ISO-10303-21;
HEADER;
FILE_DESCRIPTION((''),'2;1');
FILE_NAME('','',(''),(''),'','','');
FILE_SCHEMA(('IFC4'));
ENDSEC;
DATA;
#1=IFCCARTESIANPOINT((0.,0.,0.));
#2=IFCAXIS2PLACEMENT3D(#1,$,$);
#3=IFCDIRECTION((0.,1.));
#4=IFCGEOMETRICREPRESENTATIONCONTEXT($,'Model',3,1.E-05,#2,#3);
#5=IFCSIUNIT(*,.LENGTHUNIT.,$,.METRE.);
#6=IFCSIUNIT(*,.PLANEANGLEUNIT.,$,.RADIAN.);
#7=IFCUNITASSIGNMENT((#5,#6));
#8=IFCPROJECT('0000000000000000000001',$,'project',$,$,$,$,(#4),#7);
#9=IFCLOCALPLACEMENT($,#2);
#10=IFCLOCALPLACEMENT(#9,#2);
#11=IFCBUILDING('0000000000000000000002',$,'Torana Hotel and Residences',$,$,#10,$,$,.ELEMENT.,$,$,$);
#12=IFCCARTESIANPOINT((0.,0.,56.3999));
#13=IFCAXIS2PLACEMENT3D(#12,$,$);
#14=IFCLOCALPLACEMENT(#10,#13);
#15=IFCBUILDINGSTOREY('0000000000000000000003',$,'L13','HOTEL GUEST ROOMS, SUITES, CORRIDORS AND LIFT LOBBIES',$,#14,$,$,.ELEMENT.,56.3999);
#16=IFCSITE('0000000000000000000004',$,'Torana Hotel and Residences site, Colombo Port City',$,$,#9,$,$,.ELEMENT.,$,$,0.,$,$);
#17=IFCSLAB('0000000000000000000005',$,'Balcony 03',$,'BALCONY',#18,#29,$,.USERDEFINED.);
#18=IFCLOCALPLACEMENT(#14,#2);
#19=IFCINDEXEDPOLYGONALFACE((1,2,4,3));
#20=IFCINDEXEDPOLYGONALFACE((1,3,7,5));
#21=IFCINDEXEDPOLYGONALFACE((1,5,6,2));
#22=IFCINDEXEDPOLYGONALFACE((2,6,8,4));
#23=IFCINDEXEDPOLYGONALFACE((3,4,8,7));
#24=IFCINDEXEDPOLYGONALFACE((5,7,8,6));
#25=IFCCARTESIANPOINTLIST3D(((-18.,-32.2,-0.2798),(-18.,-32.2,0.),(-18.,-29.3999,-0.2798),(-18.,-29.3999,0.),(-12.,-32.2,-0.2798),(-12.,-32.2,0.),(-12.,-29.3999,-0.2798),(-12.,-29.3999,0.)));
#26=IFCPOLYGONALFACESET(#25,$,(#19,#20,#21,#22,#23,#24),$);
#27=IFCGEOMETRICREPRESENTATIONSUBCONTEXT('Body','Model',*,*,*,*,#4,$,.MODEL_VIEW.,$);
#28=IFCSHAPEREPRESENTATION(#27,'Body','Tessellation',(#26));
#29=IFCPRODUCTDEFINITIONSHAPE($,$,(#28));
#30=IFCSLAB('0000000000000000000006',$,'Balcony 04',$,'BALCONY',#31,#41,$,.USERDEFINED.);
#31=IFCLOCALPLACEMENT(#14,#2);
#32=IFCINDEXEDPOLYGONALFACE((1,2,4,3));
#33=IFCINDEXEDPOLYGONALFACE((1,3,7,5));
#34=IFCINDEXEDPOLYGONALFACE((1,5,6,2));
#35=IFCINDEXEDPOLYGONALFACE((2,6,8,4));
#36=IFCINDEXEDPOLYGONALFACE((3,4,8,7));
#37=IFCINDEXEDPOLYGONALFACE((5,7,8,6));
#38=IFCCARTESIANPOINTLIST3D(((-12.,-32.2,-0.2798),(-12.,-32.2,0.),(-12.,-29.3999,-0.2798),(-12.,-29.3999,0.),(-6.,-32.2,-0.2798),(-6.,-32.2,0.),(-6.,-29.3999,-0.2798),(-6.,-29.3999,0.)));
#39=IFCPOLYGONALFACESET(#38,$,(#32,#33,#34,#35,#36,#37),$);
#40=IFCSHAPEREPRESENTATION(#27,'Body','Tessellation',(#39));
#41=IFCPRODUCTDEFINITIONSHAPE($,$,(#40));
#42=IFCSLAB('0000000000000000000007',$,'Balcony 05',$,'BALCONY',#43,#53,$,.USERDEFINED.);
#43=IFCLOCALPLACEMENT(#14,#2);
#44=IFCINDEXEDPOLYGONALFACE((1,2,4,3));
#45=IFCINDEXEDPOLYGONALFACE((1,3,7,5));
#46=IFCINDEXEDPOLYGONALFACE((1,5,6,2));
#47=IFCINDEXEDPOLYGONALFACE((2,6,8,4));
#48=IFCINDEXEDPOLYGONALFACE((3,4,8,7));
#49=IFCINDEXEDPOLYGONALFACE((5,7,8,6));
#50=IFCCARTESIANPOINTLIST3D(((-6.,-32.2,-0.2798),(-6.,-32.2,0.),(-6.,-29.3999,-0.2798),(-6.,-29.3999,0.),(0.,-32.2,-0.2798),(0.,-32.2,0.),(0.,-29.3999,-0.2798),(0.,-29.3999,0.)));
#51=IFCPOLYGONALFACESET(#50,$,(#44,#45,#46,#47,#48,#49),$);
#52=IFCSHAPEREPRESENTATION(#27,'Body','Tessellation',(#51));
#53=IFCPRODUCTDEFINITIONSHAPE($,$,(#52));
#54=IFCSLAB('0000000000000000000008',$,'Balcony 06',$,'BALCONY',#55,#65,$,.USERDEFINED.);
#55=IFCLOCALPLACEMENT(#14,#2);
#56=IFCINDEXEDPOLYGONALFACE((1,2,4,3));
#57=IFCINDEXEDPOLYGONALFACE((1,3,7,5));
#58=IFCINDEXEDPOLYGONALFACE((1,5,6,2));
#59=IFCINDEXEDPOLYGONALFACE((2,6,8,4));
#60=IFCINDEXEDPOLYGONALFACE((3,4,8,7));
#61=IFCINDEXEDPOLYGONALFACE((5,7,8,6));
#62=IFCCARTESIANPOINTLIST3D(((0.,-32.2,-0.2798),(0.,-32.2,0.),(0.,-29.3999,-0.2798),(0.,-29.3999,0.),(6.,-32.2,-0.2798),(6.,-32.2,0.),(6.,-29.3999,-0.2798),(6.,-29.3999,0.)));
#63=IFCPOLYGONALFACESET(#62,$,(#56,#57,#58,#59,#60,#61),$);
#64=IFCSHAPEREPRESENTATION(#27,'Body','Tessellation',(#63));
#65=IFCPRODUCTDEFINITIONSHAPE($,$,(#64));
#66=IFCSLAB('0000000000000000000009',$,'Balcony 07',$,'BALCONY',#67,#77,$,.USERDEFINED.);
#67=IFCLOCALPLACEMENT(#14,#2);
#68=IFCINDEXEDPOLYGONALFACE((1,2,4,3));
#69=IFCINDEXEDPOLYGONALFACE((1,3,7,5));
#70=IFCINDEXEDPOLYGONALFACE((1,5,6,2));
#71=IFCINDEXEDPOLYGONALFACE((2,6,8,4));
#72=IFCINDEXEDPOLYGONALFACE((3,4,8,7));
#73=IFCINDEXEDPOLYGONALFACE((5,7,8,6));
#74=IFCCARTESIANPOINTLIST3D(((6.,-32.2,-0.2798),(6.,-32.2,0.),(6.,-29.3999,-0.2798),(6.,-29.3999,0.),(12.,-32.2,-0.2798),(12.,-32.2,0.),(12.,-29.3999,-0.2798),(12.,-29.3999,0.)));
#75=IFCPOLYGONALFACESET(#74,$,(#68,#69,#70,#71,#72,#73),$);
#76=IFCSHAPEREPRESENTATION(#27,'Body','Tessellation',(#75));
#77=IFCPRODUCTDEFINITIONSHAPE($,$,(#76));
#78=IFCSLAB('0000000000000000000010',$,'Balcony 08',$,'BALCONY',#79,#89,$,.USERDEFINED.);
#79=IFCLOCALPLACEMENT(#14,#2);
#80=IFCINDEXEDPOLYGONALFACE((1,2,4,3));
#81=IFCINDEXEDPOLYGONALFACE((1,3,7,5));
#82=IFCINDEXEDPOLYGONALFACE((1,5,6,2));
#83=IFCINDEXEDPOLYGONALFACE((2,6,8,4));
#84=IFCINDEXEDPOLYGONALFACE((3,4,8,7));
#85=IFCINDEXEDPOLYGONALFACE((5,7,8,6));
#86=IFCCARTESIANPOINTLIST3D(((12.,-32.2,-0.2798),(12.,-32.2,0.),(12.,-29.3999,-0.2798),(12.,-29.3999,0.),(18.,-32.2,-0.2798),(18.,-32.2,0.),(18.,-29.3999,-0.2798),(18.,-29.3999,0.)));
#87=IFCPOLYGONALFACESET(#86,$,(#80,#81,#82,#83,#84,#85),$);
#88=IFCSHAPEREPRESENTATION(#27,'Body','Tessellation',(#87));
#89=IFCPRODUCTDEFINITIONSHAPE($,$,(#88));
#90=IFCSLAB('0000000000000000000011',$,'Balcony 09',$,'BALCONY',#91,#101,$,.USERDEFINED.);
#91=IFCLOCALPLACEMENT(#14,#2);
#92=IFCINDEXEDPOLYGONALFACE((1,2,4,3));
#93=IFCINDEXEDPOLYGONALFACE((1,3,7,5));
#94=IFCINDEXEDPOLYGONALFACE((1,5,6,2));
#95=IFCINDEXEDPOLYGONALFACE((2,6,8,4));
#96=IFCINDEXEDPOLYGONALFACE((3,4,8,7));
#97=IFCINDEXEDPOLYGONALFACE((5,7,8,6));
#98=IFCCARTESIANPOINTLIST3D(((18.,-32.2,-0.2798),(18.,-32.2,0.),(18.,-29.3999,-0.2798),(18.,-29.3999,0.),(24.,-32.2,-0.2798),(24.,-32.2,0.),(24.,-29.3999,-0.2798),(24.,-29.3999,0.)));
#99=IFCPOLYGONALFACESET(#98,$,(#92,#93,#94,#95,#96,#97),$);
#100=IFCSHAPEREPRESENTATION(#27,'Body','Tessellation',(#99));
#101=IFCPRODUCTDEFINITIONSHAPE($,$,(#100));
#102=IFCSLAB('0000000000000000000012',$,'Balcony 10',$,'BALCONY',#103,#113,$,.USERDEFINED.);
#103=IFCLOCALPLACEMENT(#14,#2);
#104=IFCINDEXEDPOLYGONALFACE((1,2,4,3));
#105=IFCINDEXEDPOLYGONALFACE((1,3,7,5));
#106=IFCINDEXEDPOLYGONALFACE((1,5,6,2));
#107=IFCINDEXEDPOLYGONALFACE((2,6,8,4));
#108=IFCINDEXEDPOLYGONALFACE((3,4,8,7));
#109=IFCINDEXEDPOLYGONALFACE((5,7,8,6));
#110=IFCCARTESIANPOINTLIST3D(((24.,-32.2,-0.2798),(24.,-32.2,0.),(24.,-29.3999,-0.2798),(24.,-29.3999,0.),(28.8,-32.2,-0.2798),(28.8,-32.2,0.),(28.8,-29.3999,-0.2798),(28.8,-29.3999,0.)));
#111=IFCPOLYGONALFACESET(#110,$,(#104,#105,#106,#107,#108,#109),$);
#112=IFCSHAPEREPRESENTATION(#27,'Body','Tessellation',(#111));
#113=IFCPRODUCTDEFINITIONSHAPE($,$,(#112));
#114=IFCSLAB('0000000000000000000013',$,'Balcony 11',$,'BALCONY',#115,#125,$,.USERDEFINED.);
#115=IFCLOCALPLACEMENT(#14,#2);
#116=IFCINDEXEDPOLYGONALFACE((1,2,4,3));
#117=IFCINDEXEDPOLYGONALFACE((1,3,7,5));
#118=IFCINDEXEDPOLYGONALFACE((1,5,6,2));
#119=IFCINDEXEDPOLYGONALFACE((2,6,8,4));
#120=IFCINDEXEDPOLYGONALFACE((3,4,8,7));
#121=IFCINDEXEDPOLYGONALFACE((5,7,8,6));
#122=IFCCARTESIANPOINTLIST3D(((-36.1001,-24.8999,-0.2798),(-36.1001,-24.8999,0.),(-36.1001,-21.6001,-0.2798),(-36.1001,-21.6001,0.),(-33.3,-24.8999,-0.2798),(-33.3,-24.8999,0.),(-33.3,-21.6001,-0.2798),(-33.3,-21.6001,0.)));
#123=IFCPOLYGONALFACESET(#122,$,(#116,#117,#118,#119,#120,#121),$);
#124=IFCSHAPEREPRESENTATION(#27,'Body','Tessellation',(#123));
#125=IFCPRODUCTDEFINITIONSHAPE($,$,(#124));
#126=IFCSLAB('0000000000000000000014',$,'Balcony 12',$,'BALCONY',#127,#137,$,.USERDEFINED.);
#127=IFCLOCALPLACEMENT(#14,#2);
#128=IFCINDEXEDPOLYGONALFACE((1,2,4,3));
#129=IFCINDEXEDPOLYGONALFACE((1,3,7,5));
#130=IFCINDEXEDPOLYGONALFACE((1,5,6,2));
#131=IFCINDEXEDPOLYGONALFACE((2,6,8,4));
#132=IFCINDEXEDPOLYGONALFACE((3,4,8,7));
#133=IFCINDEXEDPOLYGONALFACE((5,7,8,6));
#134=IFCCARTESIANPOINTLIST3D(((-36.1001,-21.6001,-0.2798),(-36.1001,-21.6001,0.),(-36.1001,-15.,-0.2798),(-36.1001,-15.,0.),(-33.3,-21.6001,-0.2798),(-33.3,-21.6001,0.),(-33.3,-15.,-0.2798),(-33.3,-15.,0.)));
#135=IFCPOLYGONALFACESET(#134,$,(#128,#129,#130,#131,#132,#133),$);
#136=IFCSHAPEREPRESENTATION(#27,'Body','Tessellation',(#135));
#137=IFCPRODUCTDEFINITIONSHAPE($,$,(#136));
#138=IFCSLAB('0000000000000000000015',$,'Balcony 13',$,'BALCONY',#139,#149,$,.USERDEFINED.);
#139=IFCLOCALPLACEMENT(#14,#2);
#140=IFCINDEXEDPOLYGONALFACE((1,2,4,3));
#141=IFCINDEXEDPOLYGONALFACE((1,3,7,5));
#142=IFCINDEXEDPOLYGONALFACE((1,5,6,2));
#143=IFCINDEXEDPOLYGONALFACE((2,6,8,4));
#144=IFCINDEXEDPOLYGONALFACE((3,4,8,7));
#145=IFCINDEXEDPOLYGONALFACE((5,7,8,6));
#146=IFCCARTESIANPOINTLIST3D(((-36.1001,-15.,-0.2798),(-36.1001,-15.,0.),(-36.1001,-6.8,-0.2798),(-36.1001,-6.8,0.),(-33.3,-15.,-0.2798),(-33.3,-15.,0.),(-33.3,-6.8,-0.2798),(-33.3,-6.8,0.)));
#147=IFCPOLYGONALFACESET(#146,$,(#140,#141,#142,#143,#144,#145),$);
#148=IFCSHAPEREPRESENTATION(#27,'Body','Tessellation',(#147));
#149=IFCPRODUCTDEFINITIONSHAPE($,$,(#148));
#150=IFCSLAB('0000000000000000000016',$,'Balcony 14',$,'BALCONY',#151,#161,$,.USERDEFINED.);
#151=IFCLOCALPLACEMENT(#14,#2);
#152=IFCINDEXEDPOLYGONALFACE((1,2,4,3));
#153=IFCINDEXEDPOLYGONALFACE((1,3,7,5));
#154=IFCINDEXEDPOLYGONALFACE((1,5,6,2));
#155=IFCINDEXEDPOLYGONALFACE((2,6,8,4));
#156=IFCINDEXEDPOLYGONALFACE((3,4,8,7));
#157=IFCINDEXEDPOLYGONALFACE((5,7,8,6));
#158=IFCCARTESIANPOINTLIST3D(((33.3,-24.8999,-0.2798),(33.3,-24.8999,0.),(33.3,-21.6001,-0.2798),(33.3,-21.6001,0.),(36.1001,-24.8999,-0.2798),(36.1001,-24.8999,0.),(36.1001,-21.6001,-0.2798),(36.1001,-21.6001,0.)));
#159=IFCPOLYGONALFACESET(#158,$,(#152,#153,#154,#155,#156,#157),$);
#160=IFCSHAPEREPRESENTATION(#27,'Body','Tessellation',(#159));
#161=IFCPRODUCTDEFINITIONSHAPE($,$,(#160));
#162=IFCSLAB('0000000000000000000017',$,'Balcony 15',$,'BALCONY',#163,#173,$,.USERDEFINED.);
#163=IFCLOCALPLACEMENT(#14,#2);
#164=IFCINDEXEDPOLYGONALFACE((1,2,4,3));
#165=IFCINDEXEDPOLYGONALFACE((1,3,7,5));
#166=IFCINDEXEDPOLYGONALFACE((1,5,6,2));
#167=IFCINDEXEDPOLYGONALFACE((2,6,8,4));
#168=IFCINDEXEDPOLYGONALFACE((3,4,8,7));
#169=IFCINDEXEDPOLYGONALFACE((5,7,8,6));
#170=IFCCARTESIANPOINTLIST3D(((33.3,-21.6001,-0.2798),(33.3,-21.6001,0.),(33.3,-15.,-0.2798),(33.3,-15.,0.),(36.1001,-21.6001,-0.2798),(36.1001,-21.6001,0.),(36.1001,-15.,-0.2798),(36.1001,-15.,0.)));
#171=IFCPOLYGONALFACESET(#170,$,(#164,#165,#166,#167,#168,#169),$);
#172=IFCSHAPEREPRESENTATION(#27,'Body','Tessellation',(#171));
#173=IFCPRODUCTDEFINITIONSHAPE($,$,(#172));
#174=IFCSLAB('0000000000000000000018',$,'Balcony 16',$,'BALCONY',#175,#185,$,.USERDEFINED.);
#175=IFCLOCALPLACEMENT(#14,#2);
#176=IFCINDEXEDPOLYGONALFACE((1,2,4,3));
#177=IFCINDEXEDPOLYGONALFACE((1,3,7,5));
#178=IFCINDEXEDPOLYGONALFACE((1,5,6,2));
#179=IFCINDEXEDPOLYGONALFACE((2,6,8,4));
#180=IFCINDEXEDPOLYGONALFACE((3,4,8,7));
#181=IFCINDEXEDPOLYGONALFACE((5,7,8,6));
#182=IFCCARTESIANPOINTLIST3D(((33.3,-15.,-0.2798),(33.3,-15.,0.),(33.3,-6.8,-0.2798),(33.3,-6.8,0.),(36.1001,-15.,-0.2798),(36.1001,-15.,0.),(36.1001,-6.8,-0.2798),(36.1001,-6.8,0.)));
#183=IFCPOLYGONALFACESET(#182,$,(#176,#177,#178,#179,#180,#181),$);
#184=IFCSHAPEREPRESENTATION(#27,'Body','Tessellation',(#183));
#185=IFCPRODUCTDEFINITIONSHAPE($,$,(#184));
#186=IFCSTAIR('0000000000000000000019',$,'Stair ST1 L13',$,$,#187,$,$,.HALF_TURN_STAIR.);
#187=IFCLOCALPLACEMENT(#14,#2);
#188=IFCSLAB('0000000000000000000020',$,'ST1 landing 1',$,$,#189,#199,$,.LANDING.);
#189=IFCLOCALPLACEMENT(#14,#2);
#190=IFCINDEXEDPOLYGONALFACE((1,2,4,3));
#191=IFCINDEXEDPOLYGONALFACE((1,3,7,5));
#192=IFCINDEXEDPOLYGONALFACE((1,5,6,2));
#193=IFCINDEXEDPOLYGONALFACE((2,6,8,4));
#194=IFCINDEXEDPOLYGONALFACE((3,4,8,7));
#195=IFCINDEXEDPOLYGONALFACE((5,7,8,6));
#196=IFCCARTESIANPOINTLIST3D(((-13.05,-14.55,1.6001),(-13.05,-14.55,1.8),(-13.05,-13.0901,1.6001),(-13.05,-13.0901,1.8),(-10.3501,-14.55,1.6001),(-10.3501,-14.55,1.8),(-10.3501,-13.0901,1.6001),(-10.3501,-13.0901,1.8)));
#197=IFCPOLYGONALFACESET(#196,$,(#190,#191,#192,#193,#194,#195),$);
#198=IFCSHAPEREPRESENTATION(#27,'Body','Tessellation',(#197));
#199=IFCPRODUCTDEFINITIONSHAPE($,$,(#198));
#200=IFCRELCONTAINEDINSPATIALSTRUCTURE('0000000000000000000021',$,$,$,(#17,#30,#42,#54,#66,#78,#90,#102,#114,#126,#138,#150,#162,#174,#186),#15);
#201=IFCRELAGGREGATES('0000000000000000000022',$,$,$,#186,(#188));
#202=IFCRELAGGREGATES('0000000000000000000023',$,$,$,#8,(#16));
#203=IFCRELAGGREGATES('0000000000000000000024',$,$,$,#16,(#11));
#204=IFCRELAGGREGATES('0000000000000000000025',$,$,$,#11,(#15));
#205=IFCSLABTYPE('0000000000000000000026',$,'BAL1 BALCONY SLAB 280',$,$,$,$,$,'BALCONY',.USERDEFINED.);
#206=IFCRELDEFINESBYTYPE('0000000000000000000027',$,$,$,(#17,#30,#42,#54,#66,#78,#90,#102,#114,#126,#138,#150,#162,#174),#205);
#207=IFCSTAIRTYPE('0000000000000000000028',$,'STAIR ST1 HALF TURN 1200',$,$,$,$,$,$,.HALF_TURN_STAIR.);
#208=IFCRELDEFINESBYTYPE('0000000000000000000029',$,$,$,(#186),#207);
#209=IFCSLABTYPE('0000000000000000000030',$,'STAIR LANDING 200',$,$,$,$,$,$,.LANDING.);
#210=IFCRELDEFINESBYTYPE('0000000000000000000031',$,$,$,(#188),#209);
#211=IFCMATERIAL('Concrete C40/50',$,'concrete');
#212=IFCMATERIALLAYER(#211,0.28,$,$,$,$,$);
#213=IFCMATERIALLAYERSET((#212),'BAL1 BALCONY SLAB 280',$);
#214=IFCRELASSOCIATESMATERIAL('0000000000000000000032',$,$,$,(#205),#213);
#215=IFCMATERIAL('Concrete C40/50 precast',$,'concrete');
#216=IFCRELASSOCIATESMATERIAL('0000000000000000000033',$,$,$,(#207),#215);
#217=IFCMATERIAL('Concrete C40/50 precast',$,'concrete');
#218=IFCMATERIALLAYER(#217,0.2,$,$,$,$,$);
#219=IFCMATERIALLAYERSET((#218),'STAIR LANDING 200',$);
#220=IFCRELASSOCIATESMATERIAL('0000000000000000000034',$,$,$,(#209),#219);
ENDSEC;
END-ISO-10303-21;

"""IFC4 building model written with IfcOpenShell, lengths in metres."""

from ifc_helpers import new_model, si_unit, direction, frame, origin, place, context, subcontext, project, spatial, polyline, outline, extrude, material, layer, layer_set, type_object, element, aggregate, save


model = new_model("IFC4")

# Units and contexts
model_context = context("Model", 3, precision=1e-05, world=origin(), true_north=direction((0.0, 1.0)))
body_context = subcontext(model_context, "Body", "Model", "MODEL_VIEW")
ifc_project = project(units=[si_unit("LENGTHUNIT", "METRE"), si_unit("PLANEANGLEUNIT", "RADIAN")], contexts=[model_context])

# Site, building, storey
site_placement = place(None, origin())
site = spatial("IfcSite", under=ifc_project, at=site_placement, Name="Torana Hotel and Residences site, Colombo Port City", CompositionType="ELEMENT", RefElevation=0.0)
building_placement = place(site_placement, origin())
building = spatial("IfcBuilding", under=site, at=building_placement, Name="Torana Hotel and Residences", CompositionType="ELEMENT")
storey_placement = place(building_placement, frame((0.0, 0.0, 56.3999)))
storey = spatial("IfcBuildingStorey", under=building, at=storey_placement, Name="L13", Description="HOTEL GUEST ROOMS, SUITES, CORRIDORS AND LIFT LOBBIES", CompositionType="ELEMENT", Elevation=56.3999)

# Slabs
ifc_material_1 = material(Name="Concrete C40/50", Category="concrete")
ifc_layer_1 = layer(ifc_material_1, 0.28)
ifc_layer_set_1 = layer_set([ifc_layer_1], Name="BAL1 BALCONY SLAB 280")
slab_type_1 = type_object("IfcSlabType", Name="BAL1 BALCONY SLAB 280", ElementType="BALCONY", PredefinedType="USERDEFINED", material=ifc_layer_set_1)
slab_1_placement = place(storey_placement, frame((0.0, 0.0, -0.2798)))
element("IfcSlab", 1, at=slab_1_placement, inside=storey, type_object=slab_type_1, Name="Balcony 03", ObjectType="BALCONY", PredefinedType="USERDEFINED", context=body_context, shape_type="SweptSolid", body=[
    extrude(outline(polyline([(-18.0, -32.2), (-12.0, -32.2), (-12.0, -29.3999), (-18.0, -29.3999), (-18.0, -32.2)])), origin(), (0.0, 0.0, 1.0), 0.2798),
])
slab_2_placement = place(storey_placement, frame((0.0, 0.0, -0.2798)))
element("IfcSlab", 2, at=slab_2_placement, inside=storey, type_object=slab_type_1, Name="Balcony 04", ObjectType="BALCONY", PredefinedType="USERDEFINED", context=body_context, shape_type="SweptSolid", body=[
    extrude(outline(polyline([(-12.0, -32.2), (-6.0, -32.2), (-6.0, -29.3999), (-12.0, -29.3999), (-12.0, -32.2)])), origin(), (0.0, 0.0, 1.0), 0.2798),
])
slab_3_placement = place(storey_placement, frame((0.0, 0.0, -0.2798)))
element("IfcSlab", 3, at=slab_3_placement, inside=storey, type_object=slab_type_1, Name="Balcony 05", ObjectType="BALCONY", PredefinedType="USERDEFINED", context=body_context, shape_type="SweptSolid", body=[
    extrude(outline(polyline([(-6.0, -32.2), (0.0, -32.2), (0.0, -29.3999), (-6.0, -29.3999), (-6.0, -32.2)])), origin(), (0.0, 0.0, 1.0), 0.2798),
])
slab_4_placement = place(storey_placement, frame((0.0, 0.0, -0.2798)))
element("IfcSlab", 4, at=slab_4_placement, inside=storey, type_object=slab_type_1, Name="Balcony 06", ObjectType="BALCONY", PredefinedType="USERDEFINED", context=body_context, shape_type="SweptSolid", body=[
    extrude(outline(polyline([(0.0, -32.2), (6.0, -32.2), (6.0, -29.3999), (0.0, -29.3999), (0.0, -32.2)])), origin(), (0.0, 0.0, 1.0), 0.2798),
])
slab_5_placement = place(storey_placement, frame((0.0, 0.0, -0.2798)))
element("IfcSlab", 5, at=slab_5_placement, inside=storey, type_object=slab_type_1, Name="Balcony 07", ObjectType="BALCONY", PredefinedType="USERDEFINED", context=body_context, shape_type="SweptSolid", body=[
    extrude(outline(polyline([(6.0, -32.2), (12.0, -32.2), (12.0, -29.3999), (6.0, -29.3999), (6.0, -32.2)])), origin(), (0.0, 0.0, 1.0), 0.2798),
])
slab_6_placement = place(storey_placement, frame((0.0, 0.0, -0.2798)))
element("IfcSlab", 6, at=slab_6_placement, inside=storey, type_object=slab_type_1, Name="Balcony 08", ObjectType="BALCONY", PredefinedType="USERDEFINED", context=body_context, shape_type="SweptSolid", body=[
    extrude(outline(polyline([(12.0, -32.2), (18.0, -32.2), (18.0, -29.3999), (12.0, -29.3999), (12.0, -32.2)])), origin(), (0.0, 0.0, 1.0), 0.2798),
])
slab_7_placement = place(storey_placement, frame((0.0, 0.0, -0.2798)))
element("IfcSlab", 7, at=slab_7_placement, inside=storey, type_object=slab_type_1, Name="Balcony 09", ObjectType="BALCONY", PredefinedType="USERDEFINED", context=body_context, shape_type="SweptSolid", body=[
    extrude(outline(polyline([(18.0, -32.2), (24.0, -32.2), (24.0, -29.3999), (18.0, -29.3999), (18.0, -32.2)])), origin(), (0.0, 0.0, 1.0), 0.2798),
])
slab_8_placement = place(storey_placement, frame((0.0, 0.0, -0.2798)))
element("IfcSlab", 8, at=slab_8_placement, inside=storey, type_object=slab_type_1, Name="Balcony 10", ObjectType="BALCONY", PredefinedType="USERDEFINED", context=body_context, shape_type="SweptSolid", body=[
    extrude(outline(polyline([(24.0, -32.2), (28.8, -32.2), (28.8, -29.3999), (24.0, -29.3999), (24.0, -32.2)])), origin(), (0.0, 0.0, 1.0), 0.2798),
])
slab_9_placement = place(storey_placement, frame((0.0, 0.0, -0.2798)))
element("IfcSlab", 9, at=slab_9_placement, inside=storey, type_object=slab_type_1, Name="Balcony 11", ObjectType="BALCONY", PredefinedType="USERDEFINED", context=body_context, shape_type="SweptSolid", body=[
    extrude(outline(polyline([(-36.1001, -24.8999), (-33.3, -24.8999), (-33.3, -21.6001), (-36.1001, -21.6001), (-36.1001, -24.8999)])), origin(), (0.0, 0.0, 1.0), 0.2798),
])
slab_10_placement = place(storey_placement, frame((0.0, 0.0, -0.2798)))
element("IfcSlab", 10, at=slab_10_placement, inside=storey, type_object=slab_type_1, Name="Balcony 12", ObjectType="BALCONY", PredefinedType="USERDEFINED", context=body_context, shape_type="SweptSolid", body=[
    extrude(outline(polyline([(-36.1001, -21.6001), (-33.3, -21.6001), (-33.3, -15.0), (-36.1001, -15.0), (-36.1001, -21.6001)])), origin(), (0.0, 0.0, 1.0), 0.2798),
])
slab_11_placement = place(storey_placement, frame((0.0, 0.0, -0.2798)))
element("IfcSlab", 11, at=slab_11_placement, inside=storey, type_object=slab_type_1, Name="Balcony 13", ObjectType="BALCONY", PredefinedType="USERDEFINED", context=body_context, shape_type="SweptSolid", body=[
    extrude(outline(polyline([(-36.1001, -15.0), (-33.3, -15.0), (-33.3, -6.8), (-36.1001, -6.8), (-36.1001, -15.0)])), origin(), (0.0, 0.0, 1.0), 0.2798),
])
slab_12_placement = place(storey_placement, frame((0.0, 0.0, -0.2798)))
element("IfcSlab", 12, at=slab_12_placement, inside=storey, type_object=slab_type_1, Name="Balcony 14", ObjectType="BALCONY", PredefinedType="USERDEFINED", context=body_context, shape_type="SweptSolid", body=[
    extrude(outline(polyline([(33.3, -24.8999), (36.1001, -24.8999), (36.1001, -21.6001), (33.3, -21.6001), (33.3, -24.8999)])), origin(), (0.0, 0.0, 1.0), 0.2798),
])
slab_13_placement = place(storey_placement, frame((0.0, 0.0, -0.2798)))
element("IfcSlab", 13, at=slab_13_placement, inside=storey, type_object=slab_type_1, Name="Balcony 15", ObjectType="BALCONY", PredefinedType="USERDEFINED", context=body_context, shape_type="SweptSolid", body=[
    extrude(outline(polyline([(33.3, -21.6001), (36.1001, -21.6001), (36.1001, -15.0), (33.3, -15.0), (33.3, -21.6001)])), origin(), (0.0, 0.0, 1.0), 0.2798),
])
slab_14_placement = place(storey_placement, frame((0.0, 0.0, -0.2798)))
element("IfcSlab", 14, at=slab_14_placement, inside=storey, type_object=slab_type_1, Name="Balcony 16", ObjectType="BALCONY", PredefinedType="USERDEFINED", context=body_context, shape_type="SweptSolid", body=[
    extrude(outline(polyline([(33.3, -15.0), (36.1001, -15.0), (36.1001, -6.8), (33.3, -6.8), (33.3, -15.0)])), origin(), (0.0, 0.0, 1.0), 0.2798),
])

# Stair, slab
ifc_material_2 = material(Name="Concrete C40/50 precast", Category="concrete")
stair_type_1 = type_object("IfcStairType", Name="STAIR ST1 HALF TURN 1200", PredefinedType="HALF_TURN_STAIR", material=ifc_material_2)
stair_1_placement = place(storey_placement, origin())
stair_1 = element("IfcStair", 15, at=stair_1_placement, inside=storey, type_object=stair_type_1, Name="Stair ST1 L13", PredefinedType="HALF_TURN_STAIR")
ifc_material_3 = material(Name="Concrete C40/50 precast", Category="concrete")
ifc_layer_2 = layer(ifc_material_3, 0.2)
ifc_layer_set_2 = layer_set([ifc_layer_2], Name="STAIR LANDING 200")
slab_type_2 = type_object("IfcSlabType", Name="STAIR LANDING 200", PredefinedType="LANDING", material=ifc_layer_set_2)
slab_15_placement = place(storey_placement, frame((0.0, 0.0, 1.6001)))
slab_15 = element("IfcSlab", 16, at=slab_15_placement, type_object=slab_type_2, Name="ST1 landing 1", PredefinedType="LANDING", context=body_context, shape_type="SweptSolid", body=[
    extrude(outline(polyline([(-13.05, -14.55), (-10.3501, -14.55), (-10.3501, -13.0901), (-13.05, -13.0901), (-13.05, -14.55)])), origin(), (0.0, 0.0, 1.0), 0.2),
])
aggregate(stair_1, [slab_15])

save(model, "model.ifc")
